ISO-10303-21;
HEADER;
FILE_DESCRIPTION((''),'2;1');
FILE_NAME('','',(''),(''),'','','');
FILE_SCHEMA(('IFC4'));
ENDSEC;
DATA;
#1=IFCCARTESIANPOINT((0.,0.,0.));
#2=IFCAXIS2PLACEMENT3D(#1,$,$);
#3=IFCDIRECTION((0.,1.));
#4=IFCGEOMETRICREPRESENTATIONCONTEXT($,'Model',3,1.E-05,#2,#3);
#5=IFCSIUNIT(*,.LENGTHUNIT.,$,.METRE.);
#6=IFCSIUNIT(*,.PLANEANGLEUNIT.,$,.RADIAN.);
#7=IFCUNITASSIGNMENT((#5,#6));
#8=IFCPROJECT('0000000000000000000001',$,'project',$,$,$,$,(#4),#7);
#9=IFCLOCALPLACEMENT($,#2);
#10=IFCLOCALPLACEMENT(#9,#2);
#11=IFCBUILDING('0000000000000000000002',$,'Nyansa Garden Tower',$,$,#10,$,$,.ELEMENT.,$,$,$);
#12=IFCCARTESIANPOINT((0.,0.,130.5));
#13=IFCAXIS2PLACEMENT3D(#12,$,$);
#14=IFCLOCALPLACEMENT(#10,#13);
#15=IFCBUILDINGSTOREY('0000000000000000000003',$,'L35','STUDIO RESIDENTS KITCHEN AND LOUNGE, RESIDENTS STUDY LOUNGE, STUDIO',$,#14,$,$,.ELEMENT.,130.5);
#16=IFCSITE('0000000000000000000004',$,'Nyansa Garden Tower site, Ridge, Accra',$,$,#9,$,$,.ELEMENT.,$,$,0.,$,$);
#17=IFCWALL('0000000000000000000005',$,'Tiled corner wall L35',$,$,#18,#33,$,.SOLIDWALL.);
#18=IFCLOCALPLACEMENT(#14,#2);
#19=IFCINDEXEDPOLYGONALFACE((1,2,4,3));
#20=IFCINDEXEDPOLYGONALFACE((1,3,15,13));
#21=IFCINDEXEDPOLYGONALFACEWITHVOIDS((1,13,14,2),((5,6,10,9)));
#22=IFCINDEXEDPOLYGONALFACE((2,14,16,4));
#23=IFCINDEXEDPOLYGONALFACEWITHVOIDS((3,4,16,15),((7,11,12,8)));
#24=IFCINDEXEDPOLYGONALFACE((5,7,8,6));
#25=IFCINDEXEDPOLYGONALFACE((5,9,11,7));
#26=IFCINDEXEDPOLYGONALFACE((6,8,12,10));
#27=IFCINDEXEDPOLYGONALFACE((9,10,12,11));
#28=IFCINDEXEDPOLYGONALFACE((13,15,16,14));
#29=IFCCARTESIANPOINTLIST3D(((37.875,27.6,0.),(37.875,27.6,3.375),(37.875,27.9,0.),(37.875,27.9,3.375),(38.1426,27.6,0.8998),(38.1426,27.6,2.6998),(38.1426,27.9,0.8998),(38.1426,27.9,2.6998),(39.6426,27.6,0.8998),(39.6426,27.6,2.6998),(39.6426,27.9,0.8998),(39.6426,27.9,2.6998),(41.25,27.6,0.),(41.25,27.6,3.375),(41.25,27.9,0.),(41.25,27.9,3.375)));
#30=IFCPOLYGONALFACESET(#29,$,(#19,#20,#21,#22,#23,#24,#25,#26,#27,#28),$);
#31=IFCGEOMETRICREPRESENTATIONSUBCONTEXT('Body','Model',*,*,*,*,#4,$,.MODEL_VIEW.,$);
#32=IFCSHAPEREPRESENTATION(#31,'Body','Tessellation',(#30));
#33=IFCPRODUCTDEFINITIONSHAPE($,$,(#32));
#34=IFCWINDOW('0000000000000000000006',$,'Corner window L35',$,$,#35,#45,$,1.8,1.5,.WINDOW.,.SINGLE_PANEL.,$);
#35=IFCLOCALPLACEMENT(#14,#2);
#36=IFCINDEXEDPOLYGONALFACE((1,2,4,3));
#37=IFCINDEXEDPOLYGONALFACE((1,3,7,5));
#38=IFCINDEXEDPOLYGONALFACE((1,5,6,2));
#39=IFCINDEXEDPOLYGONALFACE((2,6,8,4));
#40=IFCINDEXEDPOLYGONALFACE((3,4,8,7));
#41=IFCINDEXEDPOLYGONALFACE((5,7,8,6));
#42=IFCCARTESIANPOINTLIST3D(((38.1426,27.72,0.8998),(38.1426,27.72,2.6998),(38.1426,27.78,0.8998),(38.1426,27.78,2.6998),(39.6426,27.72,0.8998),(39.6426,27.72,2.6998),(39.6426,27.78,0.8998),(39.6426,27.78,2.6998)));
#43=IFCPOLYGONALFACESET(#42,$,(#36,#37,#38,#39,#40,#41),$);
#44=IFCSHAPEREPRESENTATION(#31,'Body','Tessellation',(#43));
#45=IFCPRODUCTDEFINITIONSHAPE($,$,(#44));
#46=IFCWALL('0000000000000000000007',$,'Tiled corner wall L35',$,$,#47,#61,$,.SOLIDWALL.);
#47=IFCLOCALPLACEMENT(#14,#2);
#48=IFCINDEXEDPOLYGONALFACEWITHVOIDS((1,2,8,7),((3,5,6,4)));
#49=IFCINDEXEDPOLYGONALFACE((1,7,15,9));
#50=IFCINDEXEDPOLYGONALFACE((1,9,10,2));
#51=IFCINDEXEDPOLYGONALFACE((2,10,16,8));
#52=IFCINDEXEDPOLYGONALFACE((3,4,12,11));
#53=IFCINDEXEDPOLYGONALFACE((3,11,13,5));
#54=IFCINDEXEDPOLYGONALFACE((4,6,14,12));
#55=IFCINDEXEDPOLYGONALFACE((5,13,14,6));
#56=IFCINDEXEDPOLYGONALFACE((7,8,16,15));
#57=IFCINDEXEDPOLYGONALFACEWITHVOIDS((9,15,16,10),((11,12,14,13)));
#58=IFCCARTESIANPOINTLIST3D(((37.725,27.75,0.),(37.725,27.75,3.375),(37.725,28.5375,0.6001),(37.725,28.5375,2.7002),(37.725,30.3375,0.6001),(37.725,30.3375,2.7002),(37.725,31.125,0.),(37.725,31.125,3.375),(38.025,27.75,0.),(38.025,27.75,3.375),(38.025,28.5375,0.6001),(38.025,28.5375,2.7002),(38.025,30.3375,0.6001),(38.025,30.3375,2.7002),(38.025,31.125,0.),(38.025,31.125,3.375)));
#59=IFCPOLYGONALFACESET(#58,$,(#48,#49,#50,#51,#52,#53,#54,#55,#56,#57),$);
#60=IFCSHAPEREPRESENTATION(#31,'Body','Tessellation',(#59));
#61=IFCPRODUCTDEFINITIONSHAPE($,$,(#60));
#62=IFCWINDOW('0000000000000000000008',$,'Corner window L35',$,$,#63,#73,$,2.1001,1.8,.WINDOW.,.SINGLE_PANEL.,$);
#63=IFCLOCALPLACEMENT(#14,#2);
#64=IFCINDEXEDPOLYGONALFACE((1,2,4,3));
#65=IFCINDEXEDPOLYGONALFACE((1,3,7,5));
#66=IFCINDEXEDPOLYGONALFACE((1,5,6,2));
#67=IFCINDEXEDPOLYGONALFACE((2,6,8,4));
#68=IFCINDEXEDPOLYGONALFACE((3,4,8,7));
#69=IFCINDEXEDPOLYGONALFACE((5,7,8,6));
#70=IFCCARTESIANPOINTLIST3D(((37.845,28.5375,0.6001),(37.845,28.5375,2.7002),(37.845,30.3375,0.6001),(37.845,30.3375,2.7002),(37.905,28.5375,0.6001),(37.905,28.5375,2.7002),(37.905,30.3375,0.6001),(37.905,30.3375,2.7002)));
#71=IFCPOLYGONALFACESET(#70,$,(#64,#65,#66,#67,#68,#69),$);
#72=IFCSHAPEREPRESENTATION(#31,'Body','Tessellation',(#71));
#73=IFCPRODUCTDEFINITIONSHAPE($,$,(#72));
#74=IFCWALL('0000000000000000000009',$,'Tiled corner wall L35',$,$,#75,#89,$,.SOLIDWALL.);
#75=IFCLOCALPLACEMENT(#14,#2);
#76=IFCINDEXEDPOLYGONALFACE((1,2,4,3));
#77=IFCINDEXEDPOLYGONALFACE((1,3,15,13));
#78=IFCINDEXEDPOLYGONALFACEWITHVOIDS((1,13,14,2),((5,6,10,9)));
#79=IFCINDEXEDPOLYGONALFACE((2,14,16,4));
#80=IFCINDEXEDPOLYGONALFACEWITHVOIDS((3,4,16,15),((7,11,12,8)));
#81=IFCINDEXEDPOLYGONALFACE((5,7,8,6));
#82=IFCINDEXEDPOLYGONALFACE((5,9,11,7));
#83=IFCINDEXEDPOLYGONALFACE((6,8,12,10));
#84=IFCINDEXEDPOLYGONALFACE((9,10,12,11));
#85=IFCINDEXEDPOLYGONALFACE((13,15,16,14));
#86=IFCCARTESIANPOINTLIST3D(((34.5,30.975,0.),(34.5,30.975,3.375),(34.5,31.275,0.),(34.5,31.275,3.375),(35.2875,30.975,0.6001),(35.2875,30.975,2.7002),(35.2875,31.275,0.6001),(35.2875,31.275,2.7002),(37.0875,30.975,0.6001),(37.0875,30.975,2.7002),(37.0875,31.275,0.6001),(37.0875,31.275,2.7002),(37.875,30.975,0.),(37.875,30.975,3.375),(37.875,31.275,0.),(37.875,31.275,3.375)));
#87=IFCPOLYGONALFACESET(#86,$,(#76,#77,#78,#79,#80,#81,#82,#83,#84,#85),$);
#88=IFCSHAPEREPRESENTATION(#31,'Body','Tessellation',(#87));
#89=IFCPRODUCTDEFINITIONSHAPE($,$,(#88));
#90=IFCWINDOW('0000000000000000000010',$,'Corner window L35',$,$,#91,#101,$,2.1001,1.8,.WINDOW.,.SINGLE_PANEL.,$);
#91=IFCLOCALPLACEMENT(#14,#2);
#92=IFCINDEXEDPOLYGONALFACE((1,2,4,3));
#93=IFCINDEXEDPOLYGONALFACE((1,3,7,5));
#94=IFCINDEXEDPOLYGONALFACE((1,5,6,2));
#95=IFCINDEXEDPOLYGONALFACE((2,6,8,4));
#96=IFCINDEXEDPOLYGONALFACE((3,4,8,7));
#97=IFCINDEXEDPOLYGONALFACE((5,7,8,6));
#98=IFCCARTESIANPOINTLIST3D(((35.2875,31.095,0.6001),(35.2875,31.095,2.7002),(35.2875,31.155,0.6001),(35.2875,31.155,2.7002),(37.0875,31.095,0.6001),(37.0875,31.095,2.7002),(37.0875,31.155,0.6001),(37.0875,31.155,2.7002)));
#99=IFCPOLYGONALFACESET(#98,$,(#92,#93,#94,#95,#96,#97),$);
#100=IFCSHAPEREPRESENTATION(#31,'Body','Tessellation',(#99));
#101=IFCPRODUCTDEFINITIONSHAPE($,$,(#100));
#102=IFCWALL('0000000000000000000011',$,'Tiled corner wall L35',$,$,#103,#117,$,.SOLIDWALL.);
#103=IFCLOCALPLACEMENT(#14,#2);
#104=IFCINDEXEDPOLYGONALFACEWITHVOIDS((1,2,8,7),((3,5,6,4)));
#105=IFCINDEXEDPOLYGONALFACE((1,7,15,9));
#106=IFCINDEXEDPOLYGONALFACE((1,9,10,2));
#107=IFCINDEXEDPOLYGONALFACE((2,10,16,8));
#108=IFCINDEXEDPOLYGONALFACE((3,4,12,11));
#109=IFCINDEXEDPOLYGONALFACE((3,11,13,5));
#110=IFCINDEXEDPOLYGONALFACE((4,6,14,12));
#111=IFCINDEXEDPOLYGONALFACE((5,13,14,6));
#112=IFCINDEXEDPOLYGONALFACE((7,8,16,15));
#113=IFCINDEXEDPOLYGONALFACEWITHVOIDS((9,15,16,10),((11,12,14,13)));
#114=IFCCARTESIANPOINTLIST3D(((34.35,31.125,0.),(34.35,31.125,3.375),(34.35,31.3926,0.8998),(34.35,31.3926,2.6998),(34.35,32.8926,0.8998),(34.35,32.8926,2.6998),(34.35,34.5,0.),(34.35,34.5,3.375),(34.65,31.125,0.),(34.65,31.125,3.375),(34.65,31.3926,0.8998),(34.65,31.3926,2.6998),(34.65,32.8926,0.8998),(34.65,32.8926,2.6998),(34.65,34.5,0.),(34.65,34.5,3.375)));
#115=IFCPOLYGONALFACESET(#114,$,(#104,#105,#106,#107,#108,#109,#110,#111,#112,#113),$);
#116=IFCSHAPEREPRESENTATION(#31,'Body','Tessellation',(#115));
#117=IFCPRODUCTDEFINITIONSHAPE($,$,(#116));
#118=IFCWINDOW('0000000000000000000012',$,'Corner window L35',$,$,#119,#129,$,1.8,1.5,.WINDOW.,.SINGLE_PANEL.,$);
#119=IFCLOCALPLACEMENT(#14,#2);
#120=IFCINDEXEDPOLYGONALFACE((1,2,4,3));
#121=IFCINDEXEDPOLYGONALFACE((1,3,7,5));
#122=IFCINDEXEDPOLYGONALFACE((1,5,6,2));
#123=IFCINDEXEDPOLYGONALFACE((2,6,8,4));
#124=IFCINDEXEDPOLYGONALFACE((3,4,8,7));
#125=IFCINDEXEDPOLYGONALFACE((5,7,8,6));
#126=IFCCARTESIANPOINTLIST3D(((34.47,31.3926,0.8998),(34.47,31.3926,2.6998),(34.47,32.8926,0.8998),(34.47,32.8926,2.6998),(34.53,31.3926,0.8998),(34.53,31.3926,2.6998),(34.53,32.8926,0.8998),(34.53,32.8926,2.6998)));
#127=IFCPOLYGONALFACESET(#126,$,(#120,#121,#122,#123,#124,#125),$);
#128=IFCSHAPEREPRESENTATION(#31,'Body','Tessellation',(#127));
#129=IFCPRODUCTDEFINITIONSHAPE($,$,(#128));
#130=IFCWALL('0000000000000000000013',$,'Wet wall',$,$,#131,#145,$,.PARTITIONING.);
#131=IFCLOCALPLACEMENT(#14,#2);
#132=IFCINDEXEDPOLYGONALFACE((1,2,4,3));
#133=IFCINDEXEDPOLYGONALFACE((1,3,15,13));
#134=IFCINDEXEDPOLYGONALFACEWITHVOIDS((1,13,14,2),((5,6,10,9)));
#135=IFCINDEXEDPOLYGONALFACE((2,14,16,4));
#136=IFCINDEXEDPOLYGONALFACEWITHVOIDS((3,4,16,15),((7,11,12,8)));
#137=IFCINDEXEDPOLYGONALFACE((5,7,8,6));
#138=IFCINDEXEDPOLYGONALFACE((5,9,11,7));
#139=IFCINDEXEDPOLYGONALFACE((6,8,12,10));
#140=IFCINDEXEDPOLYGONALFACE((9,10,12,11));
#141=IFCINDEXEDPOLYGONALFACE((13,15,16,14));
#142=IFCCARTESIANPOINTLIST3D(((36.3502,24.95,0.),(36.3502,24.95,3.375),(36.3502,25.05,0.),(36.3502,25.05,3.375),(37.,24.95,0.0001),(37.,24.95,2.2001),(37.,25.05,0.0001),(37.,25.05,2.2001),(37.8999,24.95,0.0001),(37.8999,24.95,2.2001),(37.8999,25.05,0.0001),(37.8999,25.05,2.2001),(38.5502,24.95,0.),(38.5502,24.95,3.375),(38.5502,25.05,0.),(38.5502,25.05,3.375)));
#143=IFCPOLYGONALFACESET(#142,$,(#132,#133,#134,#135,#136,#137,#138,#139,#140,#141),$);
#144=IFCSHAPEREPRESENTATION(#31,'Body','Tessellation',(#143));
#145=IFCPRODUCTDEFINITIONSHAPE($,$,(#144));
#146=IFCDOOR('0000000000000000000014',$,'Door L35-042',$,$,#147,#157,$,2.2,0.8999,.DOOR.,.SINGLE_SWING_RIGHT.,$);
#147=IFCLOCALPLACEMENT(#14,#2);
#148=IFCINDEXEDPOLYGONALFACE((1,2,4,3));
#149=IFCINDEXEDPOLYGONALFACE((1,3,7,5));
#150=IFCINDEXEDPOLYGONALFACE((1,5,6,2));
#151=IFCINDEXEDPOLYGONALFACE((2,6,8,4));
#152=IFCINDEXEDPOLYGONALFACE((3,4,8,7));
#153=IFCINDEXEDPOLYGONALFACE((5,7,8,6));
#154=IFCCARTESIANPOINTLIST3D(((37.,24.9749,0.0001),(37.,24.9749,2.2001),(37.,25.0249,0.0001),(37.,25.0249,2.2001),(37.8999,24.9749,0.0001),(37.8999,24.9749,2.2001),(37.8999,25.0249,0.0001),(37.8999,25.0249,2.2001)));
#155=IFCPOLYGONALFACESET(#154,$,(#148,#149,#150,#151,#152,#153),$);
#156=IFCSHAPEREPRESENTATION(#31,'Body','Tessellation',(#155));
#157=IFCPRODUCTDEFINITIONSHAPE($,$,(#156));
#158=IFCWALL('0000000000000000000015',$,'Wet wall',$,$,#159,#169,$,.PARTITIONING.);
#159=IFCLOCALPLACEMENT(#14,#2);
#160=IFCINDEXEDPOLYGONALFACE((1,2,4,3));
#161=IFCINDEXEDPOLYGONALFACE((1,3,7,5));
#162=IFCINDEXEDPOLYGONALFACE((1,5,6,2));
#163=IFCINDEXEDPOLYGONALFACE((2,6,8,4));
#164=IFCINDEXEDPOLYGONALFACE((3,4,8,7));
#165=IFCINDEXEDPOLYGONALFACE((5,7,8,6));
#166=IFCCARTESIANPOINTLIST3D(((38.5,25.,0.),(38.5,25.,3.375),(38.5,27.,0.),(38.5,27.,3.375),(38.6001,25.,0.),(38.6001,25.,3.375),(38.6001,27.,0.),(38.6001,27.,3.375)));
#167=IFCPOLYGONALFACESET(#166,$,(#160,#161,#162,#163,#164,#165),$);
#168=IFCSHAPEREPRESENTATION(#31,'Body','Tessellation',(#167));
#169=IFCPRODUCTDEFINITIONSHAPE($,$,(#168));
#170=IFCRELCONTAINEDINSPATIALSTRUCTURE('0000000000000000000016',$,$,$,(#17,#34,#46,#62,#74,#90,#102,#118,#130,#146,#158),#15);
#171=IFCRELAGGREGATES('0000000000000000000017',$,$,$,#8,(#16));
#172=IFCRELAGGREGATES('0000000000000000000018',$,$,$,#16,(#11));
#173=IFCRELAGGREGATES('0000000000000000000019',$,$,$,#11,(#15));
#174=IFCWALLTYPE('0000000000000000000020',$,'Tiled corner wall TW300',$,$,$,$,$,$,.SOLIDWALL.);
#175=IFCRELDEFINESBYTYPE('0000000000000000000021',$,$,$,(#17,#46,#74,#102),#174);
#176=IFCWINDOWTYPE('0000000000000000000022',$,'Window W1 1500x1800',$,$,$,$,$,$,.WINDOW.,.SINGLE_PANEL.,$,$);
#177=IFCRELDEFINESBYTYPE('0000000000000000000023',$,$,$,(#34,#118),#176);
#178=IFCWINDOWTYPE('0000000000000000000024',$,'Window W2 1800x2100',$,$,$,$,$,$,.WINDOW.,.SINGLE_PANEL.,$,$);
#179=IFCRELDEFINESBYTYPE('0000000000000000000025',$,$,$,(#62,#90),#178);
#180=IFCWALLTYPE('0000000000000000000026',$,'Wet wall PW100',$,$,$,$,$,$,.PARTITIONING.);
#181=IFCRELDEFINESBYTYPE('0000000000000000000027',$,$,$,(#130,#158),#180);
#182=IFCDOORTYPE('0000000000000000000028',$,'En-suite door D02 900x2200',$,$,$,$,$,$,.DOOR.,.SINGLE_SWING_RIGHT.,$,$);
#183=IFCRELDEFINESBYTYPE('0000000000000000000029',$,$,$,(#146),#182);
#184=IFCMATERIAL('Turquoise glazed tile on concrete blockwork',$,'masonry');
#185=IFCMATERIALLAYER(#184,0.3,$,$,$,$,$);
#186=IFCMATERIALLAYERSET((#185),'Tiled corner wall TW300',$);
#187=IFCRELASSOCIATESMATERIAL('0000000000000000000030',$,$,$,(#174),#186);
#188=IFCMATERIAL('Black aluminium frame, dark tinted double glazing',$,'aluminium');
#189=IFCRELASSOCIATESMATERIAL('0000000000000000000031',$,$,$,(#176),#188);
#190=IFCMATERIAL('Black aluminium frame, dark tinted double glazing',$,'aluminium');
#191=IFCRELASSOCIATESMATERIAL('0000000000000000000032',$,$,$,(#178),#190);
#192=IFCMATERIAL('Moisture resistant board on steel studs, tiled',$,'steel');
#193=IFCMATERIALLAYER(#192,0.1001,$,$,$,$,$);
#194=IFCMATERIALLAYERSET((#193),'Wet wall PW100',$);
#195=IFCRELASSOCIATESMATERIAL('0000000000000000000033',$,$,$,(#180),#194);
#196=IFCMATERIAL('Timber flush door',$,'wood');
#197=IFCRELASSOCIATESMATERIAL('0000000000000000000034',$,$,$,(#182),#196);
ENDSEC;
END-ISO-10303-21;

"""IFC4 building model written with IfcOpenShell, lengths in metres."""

from ifc_helpers import new_model, si_unit, direction, frame, frame_2d, origin, place, context, subcontext, project, spatial, rectangle, extrude, material, layer, layer_set, type_object, element, fill, save


model = new_model("IFC4")

# Units and contexts
model_context = context("Model", 3, precision=1e-05, world=origin(), true_north=direction((0.0, 1.0)))
body_context = subcontext(model_context, "Body", "Model", "MODEL_VIEW")
ifc_project = project(units=[si_unit("LENGTHUNIT", "METRE"), si_unit("PLANEANGLEUNIT", "RADIAN")], contexts=[model_context])

# Site, building, storey
site_placement = place(None, origin())
site = spatial("IfcSite", under=ifc_project, at=site_placement, Name="Nyansa Garden Tower site, Ridge, Accra", CompositionType="ELEMENT", RefElevation=0.0)
building_placement = place(site_placement, origin())
building = spatial("IfcBuilding", under=site, at=building_placement, Name="Nyansa Garden Tower", CompositionType="ELEMENT")
storey_placement = place(building_placement, frame((0.0, 0.0, 130.5)))
storey = spatial("IfcBuildingStorey", under=building, at=storey_placement, Name="L35", Description="STUDIO RESIDENTS KITCHEN AND LOUNGE, RESIDENTS STUDY LOUNGE, STUDIO", CompositionType="ELEMENT", Elevation=130.5)

# Walls, openings, windows
ifc_material_1 = material(Name="Turquoise glazed tile on concrete blockwork", Category="masonry")
ifc_layer_1 = layer(ifc_material_1, 0.3)
ifc_layer_set_1 = layer_set([ifc_layer_1], Name="Tiled corner wall TW300")
wall_type_1 = type_object("IfcWallType", Name="Tiled corner wall TW300", PredefinedType="SOLIDWALL", material=ifc_layer_set_1)
wall_1_placement = place(storey_placement, frame((41.25, 27.75, 0.0), z_axis=(0.0, 0.0, 1.0), x_axis=(-1.0, 0.0, 0.0)))
wall_1 = element("IfcWall", 1, at=wall_1_placement, inside=storey, type_object=wall_type_1, Name="Tiled corner wall L35", PredefinedType="SOLIDWALL", context=body_context, shape_type="SweptSolid", body=[
    extrude(rectangle(XDim=3.375, YDim=0.3, at=frame_2d((1.6875, 0.0))), origin(), (0.0, 0.0, 1.0), 3.375),
])
opening_1_placement = place(wall_1_placement, frame((1.6074, 0.0, 0.8999)))
opening_1 = element("IfcOpeningElement", 2, at=opening_1_placement, cuts=wall_1, PredefinedType="OPENING", context=body_context, shape_type="SweptSolid", body=[
    extrude(rectangle(XDim=1.5, YDim=1.8, at=frame_2d((0.75, 0.8999))), frame((0.0, 0.1599, 0.0), z_axis=(0.0, -1.0, 0.0), x_axis=(1.0, 0.0, 0.0)), (0.0, 0.0, 1.0), 0.3201),
])
ifc_material_2 = material(Name="Black aluminium frame, dark tinted double glazing", Category="aluminium")
window_type_1 = type_object("IfcWindowType", Name="Window W1 1500x1800", PartitioningType="SINGLE_PANEL", PredefinedType="WINDOW", material=ifc_material_2)
window_1_placement = place(opening_1_placement, origin())
window_1 = element("IfcWindow", 3, at=window_1_placement, inside=storey, type_object=window_type_1, Name="Corner window L35", OverallHeight=1.8, OverallWidth=1.5, PartitioningType="SINGLE_PANEL", PredefinedType="WINDOW", context=body_context, shape_type="SweptSolid", body=[
    extrude(rectangle(XDim=1.5, YDim=1.8, at=frame_2d((0.75, 0.8999))), frame((0.0, 0.03, 0.0), z_axis=(0.0, -1.0, 0.0), x_axis=(1.0, 0.0, 0.0)), (0.0, 0.0, 1.0), 0.0601),
])
fill(opening_1, window_1)
wall_2_placement = place(storey_placement, frame((37.875, 27.75, 0.0), z_axis=(0.0, 0.0, 1.0), x_axis=(0.0, 1.0, 0.0)))
wall_2 = element("IfcWall", 4, at=wall_2_placement, inside=storey, type_object=wall_type_1, Name="Tiled corner wall L35", PredefinedType="SOLIDWALL", context=body_context, shape_type="SweptSolid", body=[
    extrude(rectangle(XDim=3.375, YDim=0.3, at=frame_2d((1.6875, 0.0))), origin(), (0.0, 0.0, 1.0), 3.375),
])
opening_2_placement = place(wall_2_placement, frame((0.7876, 0.0, 0.6001)))
opening_2 = element("IfcOpeningElement", 5, at=opening_2_placement, cuts=wall_2, PredefinedType="OPENING", context=body_context, shape_type="SweptSolid", body=[
    extrude(rectangle(XDim=1.8, YDim=2.1001, at=frame_2d((0.8999, 1.05))), frame((0.0, 0.1599, 0.0), z_axis=(0.0, -1.0, 0.0), x_axis=(1.0, 0.0, 0.0)), (0.0, 0.0, 1.0), 0.3201),
])
ifc_material_3 = material(Name="Black aluminium frame, dark tinted double glazing", Category="aluminium")
window_type_2 = type_object("IfcWindowType", Name="Window W2 1800x2100", PartitioningType="SINGLE_PANEL", PredefinedType="WINDOW", material=ifc_material_3)
window_2_placement = place(opening_2_placement, origin())
window_2 = element("IfcWindow", 6, at=window_2_placement, inside=storey, type_object=window_type_2, Name="Corner window L35", OverallHeight=2.1001, OverallWidth=1.8, PartitioningType="SINGLE_PANEL", PredefinedType="WINDOW", context=body_context, shape_type="SweptSolid", body=[
    extrude(rectangle(XDim=1.8, YDim=2.1001, at=frame_2d((0.8999, 1.05))), frame((0.0, 0.03, 0.0), z_axis=(0.0, -1.0, 0.0), x_axis=(1.0, 0.0, 0.0)), (0.0, 0.0, 1.0), 0.0601),
])
fill(opening_2, window_2)
wall_3_placement = place(storey_placement, frame((37.875, 31.125, 0.0), z_axis=(0.0, 0.0, 1.0), x_axis=(-1.0, 0.0, 0.0)))
wall_3 = element("IfcWall", 7, at=wall_3_placement, inside=storey, type_object=wall_type_1, Name="Tiled corner wall L35", PredefinedType="SOLIDWALL", context=body_context, shape_type="SweptSolid", body=[
    extrude(rectangle(XDim=3.375, YDim=0.3, at=frame_2d((1.6875, 0.0))), origin(), (0.0, 0.0, 1.0), 3.375),
])
opening_3_placement = place(wall_3_placement, frame((0.7876, 0.0, 0.6001)))
opening_3 = element("IfcOpeningElement", 8, at=opening_3_placement, cuts=wall_3, PredefinedType="OPENING", context=body_context, shape_type="SweptSolid", body=[
    extrude(rectangle(XDim=1.8, YDim=2.1001, at=frame_2d((0.8999, 1.05))), frame((0.0, 0.1599, 0.0), z_axis=(0.0, -1.0, 0.0), x_axis=(1.0, 0.0, 0.0)), (0.0, 0.0, 1.0), 0.3201),
])
window_3_placement = place(opening_3_placement, origin())
window_3 = element("IfcWindow", 9, at=window_3_placement, inside=storey, type_object=window_type_2, Name="Corner window L35", OverallHeight=2.1001, OverallWidth=1.8, PartitioningType="SINGLE_PANEL", PredefinedType="WINDOW", context=body_context, shape_type="SweptSolid", body=[
    extrude(rectangle(XDim=1.8, YDim=2.1001, at=frame_2d((0.8999, 1.05))), frame((0.0, 0.03, 0.0), z_axis=(0.0, -1.0, 0.0), x_axis=(1.0, 0.0, 0.0)), (0.0, 0.0, 1.0), 0.0601),
])
fill(opening_3, window_3)
wall_4_placement = place(storey_placement, frame((34.5, 31.125, 0.0), z_axis=(0.0, 0.0, 1.0), x_axis=(0.0, 1.0, 0.0)))
wall_4 = element("IfcWall", 10, at=wall_4_placement, inside=storey, type_object=wall_type_1, Name="Tiled corner wall L35", PredefinedType="SOLIDWALL", context=body_context, shape_type="SweptSolid", body=[
    extrude(rectangle(XDim=3.375, YDim=0.3, at=frame_2d((1.6875, 0.0))), origin(), (0.0, 0.0, 1.0), 3.375),
])
opening_4_placement = place(wall_4_placement, frame((0.2676, 0.0, 0.8999)))
opening_4 = element("IfcOpeningElement", 11, at=opening_4_placement, cuts=wall_4, PredefinedType="OPENING", context=body_context, shape_type="SweptSolid", body=[
    extrude(rectangle(XDim=1.5, YDim=1.8, at=frame_2d((0.75, 0.8999))), frame((0.0, 0.1599, 0.0), z_axis=(0.0, -1.0, 0.0), x_axis=(1.0, 0.0, 0.0)), (0.0, 0.0, 1.0), 0.3201),
])
window_4_placement = place(opening_4_placement, origin())
window_4 = element("IfcWindow", 12, at=window_4_placement, inside=storey, type_object=window_type_1, Name="Corner window L35", OverallHeight=1.8, OverallWidth=1.5, PartitioningType="SINGLE_PANEL", PredefinedType="WINDOW", context=body_context, shape_type="SweptSolid", body=[
    extrude(rectangle(XDim=1.5, YDim=1.8, at=frame_2d((0.75, 0.8999))), frame((0.0, 0.03, 0.0), z_axis=(0.0, -1.0, 0.0), x_axis=(1.0, 0.0, 0.0)), (0.0, 0.0, 1.0), 0.0601),
])
fill(opening_4, window_4)

# Wall, opening, door
ifc_material_4 = material(Name="Moisture resistant board on steel studs, tiled", Category="steel")
ifc_layer_2 = layer(ifc_material_4, 0.1001)
ifc_layer_set_2 = layer_set([ifc_layer_2], Name="Wet wall PW100")
wall_type_2 = type_object("IfcWallType", Name="Wet wall PW100", PredefinedType="PARTITIONING", material=ifc_layer_set_2)
wall_5_placement = place(storey_placement, frame((36.3501, 25.0, 0.0), z_axis=(0.0, 0.0, 1.0), x_axis=(1.0, 0.0, 0.0)))
wall_5 = element("IfcWall", 13, at=wall_5_placement, inside=storey, type_object=wall_type_2, Name="Wet wall", PredefinedType="PARTITIONING", context=body_context, shape_type="SweptSolid", body=[
    extrude(rectangle(XDim=2.2, YDim=0.1001, at=frame_2d((1.1001, 0.0))), origin(), (0.0, 0.0, 1.0), 3.375),
])
opening_5_placement = place(wall_5_placement, frame((0.6499, 0.0, 0.0)))
opening_5 = element("IfcOpeningElement", 14, at=opening_5_placement, cuts=wall_5, PredefinedType="OPENING", context=body_context, shape_type="SweptSolid", body=[
    extrude(rectangle(XDim=0.8999, YDim=2.2, at=frame_2d((0.45, 1.1001))), frame((0.0, 0.0601, 0.0), z_axis=(0.0, -1.0, 0.0), x_axis=(1.0, 0.0, 0.0)), (0.0, 0.0, 1.0), 0.1201),
])
ifc_material_5 = material(Name="Timber flush door", Category="wood")
door_type = type_object("IfcDoorType", Name="En-suite door D02 900x2200", OperationType="SINGLE_SWING_RIGHT", PredefinedType="DOOR", material=ifc_material_5)
door_placement = place(opening_5_placement, origin())
door = element("IfcDoor", 15, at=door_placement, inside=storey, type_object=door_type, Name="Door L35-042", OperationType="SINGLE_SWING_RIGHT", OverallHeight=2.2, OverallWidth=0.8999, PredefinedType="DOOR", context=body_context, shape_type="SweptSolid", body=[
    extrude(rectangle(XDim=0.8999, YDim=2.2, at=frame_2d((0.45, 1.1001))), frame((0.0, 0.0249, 0.0), z_axis=(0.0, -1.0, 0.0), x_axis=(1.0, 0.0, 0.0)), (0.0, 0.0, 1.0), 0.05),
])
fill(opening_5, door)

# Wall
wall_6_placement = place(storey_placement, frame((38.55, 25.0, 0.0), z_axis=(0.0, 0.0, 1.0), x_axis=(0.0, 1.0, 0.0)))
element("IfcWall", 16, at=wall_6_placement, inside=storey, type_object=wall_type_2, Name="Wet wall", PredefinedType="PARTITIONING", context=body_context, shape_type="SweptSolid", body=[
    extrude(rectangle(XDim=2.0, YDim=0.1001, at=frame_2d((1.0, 0.0))), origin(), (0.0, 0.0, 1.0), 3.375),
])

save(model, "model.ifc")
